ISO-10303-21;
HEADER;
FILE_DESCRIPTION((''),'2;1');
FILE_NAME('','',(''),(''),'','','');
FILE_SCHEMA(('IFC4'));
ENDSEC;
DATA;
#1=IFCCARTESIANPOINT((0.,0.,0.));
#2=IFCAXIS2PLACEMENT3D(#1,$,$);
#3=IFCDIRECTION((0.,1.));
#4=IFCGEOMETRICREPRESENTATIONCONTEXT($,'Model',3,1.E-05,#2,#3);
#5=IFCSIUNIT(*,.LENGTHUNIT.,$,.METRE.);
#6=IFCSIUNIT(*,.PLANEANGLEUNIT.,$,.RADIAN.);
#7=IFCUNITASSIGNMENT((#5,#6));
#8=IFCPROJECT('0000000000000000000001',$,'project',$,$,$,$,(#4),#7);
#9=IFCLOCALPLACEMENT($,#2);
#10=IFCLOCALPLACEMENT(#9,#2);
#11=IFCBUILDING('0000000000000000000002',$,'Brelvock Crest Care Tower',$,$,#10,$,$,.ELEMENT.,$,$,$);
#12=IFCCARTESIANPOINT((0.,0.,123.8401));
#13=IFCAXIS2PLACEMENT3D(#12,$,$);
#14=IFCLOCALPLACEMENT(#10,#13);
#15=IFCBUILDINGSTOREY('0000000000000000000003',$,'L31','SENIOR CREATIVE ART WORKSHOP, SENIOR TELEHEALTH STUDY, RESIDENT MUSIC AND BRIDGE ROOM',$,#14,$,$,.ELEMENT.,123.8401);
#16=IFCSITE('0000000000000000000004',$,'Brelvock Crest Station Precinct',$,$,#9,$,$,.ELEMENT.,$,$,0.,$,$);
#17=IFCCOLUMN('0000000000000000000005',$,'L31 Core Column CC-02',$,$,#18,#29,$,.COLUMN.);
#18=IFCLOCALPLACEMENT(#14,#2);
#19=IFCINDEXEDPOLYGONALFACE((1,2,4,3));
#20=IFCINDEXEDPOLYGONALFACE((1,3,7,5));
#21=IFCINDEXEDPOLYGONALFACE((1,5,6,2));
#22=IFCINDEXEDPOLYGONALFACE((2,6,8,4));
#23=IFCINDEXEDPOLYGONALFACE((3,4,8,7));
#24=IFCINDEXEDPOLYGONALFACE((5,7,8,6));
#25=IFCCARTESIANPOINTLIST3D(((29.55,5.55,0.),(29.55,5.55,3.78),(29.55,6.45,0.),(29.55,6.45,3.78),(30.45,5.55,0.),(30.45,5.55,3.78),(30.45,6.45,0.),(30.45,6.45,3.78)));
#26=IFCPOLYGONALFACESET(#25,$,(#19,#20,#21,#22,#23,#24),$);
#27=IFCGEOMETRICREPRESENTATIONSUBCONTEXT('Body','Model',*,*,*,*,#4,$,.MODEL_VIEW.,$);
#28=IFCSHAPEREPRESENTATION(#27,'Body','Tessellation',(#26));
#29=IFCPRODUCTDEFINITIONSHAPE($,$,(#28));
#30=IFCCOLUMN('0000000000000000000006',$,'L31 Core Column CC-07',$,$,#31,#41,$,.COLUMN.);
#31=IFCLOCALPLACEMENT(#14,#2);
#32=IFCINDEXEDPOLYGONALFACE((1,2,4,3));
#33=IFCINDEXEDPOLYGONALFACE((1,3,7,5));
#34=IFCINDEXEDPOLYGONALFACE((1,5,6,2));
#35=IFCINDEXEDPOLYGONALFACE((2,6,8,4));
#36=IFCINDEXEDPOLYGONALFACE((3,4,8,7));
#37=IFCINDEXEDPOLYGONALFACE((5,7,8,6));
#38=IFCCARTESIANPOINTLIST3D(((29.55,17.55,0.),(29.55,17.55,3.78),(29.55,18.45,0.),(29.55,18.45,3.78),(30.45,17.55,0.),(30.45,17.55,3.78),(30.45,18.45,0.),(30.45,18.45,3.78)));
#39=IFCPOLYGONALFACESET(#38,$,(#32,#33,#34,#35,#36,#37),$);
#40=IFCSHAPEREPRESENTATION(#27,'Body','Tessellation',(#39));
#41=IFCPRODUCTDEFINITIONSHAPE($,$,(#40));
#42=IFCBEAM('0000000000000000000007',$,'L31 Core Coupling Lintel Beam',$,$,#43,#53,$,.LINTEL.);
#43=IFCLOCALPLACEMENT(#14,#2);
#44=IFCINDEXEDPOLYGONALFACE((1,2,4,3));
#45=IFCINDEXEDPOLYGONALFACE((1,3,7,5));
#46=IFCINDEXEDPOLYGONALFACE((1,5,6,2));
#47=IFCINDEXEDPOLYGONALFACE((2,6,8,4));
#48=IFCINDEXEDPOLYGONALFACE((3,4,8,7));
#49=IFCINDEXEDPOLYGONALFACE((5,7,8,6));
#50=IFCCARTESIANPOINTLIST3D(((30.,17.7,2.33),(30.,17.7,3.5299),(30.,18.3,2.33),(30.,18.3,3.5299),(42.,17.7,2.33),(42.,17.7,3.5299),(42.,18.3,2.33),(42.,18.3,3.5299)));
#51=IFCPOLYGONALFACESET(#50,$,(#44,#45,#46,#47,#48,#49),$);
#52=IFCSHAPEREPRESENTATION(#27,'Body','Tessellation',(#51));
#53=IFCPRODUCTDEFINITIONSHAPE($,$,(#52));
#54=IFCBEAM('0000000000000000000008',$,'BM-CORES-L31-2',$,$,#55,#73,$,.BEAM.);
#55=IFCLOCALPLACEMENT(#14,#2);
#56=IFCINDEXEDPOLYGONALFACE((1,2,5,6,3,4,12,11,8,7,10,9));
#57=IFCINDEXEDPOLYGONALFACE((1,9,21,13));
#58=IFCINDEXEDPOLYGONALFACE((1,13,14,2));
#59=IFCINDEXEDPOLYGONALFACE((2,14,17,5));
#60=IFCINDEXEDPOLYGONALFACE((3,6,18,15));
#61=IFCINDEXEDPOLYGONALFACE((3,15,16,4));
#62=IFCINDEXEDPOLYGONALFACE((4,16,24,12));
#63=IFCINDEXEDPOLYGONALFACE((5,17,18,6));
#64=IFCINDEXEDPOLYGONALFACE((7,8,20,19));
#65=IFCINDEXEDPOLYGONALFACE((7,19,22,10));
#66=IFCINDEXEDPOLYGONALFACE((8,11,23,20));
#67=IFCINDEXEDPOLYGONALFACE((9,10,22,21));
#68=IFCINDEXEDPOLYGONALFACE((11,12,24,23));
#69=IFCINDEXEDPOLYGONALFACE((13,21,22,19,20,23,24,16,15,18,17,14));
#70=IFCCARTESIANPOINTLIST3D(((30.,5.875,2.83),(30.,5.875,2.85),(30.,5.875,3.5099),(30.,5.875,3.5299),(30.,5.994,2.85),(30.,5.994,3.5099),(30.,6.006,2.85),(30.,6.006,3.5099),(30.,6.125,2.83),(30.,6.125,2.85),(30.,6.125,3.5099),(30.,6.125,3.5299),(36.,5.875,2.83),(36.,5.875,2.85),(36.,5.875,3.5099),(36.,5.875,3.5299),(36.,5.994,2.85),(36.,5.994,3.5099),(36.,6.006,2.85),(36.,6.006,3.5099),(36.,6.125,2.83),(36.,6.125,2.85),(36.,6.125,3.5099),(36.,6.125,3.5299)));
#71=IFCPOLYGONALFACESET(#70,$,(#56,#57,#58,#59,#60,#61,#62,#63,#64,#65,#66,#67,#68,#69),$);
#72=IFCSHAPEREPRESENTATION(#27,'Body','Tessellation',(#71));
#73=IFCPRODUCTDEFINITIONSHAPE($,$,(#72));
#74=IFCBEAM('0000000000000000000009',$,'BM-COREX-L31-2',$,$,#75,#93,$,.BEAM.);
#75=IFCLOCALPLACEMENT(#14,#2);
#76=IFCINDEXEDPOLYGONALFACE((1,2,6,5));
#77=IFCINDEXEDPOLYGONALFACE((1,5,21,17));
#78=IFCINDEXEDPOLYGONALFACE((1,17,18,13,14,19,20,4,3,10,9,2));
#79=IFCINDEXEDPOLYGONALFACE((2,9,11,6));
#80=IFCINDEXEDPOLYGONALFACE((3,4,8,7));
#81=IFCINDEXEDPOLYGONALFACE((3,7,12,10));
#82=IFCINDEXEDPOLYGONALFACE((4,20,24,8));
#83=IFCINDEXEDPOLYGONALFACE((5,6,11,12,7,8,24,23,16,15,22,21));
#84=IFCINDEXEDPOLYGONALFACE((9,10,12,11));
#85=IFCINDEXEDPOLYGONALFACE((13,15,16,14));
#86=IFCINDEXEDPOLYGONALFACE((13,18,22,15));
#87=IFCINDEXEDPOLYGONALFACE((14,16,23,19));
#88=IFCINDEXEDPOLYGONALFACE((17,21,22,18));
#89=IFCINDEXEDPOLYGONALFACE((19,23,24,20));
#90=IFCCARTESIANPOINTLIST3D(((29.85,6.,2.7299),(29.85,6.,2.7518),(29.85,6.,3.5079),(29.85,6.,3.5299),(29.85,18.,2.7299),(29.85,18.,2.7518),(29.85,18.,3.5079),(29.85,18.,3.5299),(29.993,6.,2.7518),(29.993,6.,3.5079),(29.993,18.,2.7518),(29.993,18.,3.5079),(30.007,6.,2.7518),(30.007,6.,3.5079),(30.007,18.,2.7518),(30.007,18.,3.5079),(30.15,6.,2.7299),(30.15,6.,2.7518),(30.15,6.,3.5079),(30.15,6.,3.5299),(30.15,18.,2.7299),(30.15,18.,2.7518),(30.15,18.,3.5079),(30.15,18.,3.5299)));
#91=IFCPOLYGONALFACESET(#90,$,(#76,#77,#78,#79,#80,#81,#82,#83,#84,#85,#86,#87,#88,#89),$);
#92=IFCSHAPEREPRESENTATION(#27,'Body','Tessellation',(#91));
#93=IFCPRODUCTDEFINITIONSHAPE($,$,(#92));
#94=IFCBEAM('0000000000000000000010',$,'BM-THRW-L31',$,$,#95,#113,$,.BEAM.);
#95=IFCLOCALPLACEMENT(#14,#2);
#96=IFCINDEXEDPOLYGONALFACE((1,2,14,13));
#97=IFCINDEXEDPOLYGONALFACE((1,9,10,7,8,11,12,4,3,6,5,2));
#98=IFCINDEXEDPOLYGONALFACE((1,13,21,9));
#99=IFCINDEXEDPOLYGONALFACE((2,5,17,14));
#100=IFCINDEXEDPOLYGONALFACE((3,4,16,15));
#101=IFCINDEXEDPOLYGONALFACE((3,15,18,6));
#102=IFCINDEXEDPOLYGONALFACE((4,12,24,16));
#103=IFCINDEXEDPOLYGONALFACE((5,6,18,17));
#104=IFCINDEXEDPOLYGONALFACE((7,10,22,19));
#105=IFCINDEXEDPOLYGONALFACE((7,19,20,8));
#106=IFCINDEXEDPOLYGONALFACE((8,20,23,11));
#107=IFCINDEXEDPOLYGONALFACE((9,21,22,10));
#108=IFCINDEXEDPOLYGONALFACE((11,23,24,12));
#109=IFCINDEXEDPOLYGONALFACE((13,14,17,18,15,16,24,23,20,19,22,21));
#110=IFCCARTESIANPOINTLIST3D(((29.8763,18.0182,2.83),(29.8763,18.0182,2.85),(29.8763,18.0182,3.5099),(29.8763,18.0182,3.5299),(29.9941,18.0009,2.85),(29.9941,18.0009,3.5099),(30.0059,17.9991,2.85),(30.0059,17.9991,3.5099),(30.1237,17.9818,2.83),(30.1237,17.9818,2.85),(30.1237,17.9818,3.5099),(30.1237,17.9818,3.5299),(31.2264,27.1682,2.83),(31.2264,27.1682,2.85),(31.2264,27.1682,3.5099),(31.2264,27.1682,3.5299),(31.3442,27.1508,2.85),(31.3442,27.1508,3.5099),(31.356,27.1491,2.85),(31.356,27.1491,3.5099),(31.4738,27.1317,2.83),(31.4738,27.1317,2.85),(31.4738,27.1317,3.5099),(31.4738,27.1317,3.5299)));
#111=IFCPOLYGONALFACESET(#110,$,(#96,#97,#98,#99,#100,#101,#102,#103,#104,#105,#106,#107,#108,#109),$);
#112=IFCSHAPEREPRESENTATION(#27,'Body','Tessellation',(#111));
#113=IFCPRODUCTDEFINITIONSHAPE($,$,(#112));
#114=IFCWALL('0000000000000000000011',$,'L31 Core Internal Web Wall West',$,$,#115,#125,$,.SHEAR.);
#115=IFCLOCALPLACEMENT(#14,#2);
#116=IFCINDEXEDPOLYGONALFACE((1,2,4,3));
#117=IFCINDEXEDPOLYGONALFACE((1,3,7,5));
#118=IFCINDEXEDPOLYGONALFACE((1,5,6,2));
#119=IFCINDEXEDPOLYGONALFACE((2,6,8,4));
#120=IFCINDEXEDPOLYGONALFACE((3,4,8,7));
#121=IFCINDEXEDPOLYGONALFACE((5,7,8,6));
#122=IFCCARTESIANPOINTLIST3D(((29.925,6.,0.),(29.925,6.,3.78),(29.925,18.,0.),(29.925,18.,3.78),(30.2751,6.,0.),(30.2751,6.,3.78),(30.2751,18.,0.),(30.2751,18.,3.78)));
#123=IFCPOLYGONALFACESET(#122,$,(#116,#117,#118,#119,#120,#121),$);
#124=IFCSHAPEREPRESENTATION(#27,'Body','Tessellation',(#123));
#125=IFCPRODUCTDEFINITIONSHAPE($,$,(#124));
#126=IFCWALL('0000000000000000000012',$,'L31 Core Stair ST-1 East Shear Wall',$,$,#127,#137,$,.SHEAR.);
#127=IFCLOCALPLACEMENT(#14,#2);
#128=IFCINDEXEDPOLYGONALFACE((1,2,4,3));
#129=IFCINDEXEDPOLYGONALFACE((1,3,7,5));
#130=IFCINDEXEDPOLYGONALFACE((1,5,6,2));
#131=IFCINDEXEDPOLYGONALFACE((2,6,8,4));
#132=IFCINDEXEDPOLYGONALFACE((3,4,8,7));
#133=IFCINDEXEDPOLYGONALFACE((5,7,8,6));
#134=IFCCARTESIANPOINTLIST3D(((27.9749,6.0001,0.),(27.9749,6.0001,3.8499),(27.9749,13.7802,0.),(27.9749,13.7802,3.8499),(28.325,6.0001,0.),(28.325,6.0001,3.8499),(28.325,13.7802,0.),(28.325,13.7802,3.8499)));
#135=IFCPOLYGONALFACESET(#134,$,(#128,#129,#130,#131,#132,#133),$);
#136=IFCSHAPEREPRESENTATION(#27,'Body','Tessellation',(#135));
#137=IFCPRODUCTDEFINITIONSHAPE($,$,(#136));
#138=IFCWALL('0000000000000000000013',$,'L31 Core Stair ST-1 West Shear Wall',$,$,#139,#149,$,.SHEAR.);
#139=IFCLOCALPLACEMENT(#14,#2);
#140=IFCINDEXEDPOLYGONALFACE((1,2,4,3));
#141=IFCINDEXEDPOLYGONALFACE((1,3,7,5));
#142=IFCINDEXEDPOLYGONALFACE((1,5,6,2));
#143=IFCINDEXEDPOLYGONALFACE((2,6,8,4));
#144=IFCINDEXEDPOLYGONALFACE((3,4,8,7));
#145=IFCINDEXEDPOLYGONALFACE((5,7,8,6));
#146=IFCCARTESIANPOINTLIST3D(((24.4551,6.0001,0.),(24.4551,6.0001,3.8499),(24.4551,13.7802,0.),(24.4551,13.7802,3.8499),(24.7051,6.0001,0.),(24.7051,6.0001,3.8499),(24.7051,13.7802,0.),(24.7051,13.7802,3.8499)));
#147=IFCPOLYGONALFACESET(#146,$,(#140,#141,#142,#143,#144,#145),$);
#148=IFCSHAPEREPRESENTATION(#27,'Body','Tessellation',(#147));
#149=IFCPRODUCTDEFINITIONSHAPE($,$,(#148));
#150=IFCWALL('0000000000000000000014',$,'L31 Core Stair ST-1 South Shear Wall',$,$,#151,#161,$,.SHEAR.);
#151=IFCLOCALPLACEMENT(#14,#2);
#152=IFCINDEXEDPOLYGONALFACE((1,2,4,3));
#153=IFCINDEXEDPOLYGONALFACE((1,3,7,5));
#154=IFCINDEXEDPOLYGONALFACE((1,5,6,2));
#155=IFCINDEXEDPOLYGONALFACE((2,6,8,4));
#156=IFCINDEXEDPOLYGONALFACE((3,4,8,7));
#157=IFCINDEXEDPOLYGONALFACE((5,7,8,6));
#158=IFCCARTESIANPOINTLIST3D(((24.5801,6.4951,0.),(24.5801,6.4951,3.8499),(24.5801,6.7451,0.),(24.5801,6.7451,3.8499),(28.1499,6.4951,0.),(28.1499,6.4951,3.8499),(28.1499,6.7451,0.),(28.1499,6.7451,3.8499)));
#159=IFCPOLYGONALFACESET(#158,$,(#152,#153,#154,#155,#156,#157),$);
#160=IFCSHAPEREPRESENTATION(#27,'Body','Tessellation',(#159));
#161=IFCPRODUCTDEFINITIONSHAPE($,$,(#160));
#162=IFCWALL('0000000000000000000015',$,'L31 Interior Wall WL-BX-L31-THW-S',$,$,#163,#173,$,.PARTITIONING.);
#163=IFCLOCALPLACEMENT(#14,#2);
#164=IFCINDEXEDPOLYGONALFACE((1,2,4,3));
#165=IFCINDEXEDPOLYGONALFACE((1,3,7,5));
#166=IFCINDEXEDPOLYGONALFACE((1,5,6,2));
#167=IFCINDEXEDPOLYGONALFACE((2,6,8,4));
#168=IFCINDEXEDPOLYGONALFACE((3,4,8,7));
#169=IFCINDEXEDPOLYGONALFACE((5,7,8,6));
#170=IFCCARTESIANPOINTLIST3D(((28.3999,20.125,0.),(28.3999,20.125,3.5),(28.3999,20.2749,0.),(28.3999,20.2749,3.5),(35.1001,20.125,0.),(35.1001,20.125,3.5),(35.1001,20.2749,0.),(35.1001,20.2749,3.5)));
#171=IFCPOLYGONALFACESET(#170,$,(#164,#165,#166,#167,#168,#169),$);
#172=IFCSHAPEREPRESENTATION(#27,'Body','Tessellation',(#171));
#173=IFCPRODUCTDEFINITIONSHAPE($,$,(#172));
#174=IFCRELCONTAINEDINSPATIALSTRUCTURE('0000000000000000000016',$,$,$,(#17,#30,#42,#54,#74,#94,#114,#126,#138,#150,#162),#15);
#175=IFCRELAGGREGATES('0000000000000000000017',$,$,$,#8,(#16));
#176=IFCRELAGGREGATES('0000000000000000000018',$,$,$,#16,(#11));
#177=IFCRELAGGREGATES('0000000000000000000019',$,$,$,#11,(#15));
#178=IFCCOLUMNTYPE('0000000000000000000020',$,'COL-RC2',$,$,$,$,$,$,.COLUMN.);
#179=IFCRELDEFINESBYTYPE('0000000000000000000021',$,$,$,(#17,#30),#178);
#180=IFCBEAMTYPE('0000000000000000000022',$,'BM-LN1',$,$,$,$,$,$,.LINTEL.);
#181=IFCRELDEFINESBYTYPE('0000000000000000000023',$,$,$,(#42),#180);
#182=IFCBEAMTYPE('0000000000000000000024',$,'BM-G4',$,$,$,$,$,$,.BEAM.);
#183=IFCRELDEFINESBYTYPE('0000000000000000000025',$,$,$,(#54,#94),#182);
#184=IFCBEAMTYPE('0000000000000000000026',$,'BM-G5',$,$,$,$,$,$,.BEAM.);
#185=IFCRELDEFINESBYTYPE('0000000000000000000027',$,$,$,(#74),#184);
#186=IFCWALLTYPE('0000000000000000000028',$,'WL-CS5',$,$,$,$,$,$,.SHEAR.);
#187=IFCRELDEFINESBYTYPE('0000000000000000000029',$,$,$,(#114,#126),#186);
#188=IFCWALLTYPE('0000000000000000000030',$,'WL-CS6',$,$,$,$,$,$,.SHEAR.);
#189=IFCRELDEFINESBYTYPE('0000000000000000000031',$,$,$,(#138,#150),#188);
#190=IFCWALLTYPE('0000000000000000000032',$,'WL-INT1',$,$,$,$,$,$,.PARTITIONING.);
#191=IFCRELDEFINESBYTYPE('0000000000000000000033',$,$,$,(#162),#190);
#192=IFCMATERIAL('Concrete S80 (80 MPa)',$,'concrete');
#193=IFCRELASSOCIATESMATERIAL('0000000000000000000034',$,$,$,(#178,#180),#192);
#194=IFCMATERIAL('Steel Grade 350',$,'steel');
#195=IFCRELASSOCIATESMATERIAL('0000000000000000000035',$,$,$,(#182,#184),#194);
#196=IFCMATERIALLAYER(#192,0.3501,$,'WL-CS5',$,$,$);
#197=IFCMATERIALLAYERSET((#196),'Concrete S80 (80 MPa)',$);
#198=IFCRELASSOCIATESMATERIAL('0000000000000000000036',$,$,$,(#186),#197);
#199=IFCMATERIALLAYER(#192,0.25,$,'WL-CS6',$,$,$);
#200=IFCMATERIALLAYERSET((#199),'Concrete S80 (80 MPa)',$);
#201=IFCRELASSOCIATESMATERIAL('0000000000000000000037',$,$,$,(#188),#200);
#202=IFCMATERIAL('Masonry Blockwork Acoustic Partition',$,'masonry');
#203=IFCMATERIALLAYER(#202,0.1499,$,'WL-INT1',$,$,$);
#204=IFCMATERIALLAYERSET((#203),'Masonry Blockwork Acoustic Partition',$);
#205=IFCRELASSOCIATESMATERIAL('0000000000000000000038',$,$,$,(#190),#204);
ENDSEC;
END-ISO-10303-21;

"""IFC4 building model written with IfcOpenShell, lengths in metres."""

from ifc_helpers import new_model, si_unit, direction, frame, frame_2d, origin, origin_2d, place, context, subcontext, project, spatial, rectangle, i_section, extrude, source, transform, mapped, material, layer, layer_set, material_profile, profile_set, type_object, element, save


model = new_model("IFC4")

# Units and contexts
model_context = context("Model", 3, precision=1e-05, world=origin(), true_north=direction((0.0, 1.0)))
body_context = subcontext(model_context, "Body", "Model", "MODEL_VIEW")
ifc_project = project(units=[si_unit("LENGTHUNIT", "METRE"), si_unit("PLANEANGLEUNIT", "RADIAN")], contexts=[model_context])

# Site, building, storey
site_placement = place(None, origin())
site = spatial("IfcSite", under=ifc_project, at=site_placement, Name="Brelvock Crest Station Precinct", CompositionType="ELEMENT", RefElevation=0.0)
building_placement = place(site_placement, origin())
building = spatial("IfcBuilding", under=site, at=building_placement, Name="Brelvock Crest Care Tower", CompositionType="ELEMENT")
storey_placement = place(building_placement, frame((0.0, 0.0, 123.8401)))
storey = spatial("IfcBuildingStorey", under=building, at=storey_placement, Name="L31", Description="SENIOR CREATIVE ART WORKSHOP, SENIOR TELEHEALTH STUDY, RESIDENT MUSIC AND BRIDGE ROOM", CompositionType="ELEMENT", Elevation=123.8401)

# Columns
ifc_material_1 = material(Name="Concrete S80 (80 MPa)", Category="concrete")
ifc_material_profile_1 = material_profile(ifc_material_1, rectangle(XDim=0.8999, YDim=0.8999, at=origin_2d()), Name="RC900x900")
ifc_profile_set_1 = profile_set([ifc_material_profile_1], Name="Concrete S80 (80 MPa)")
column_type = type_object("IfcColumnType", Name="COL-RC2", PredefinedType="COLUMN", material=ifc_profile_set_1)
shared_shape_1 = source(origin(), body_context, "Body", "SweptSolid", [
    extrude(rectangle(XDim=0.8999, YDim=0.8999, at=origin_2d()), origin(), (0.0, 0.0, 1.0), 3.78),
])
for number, where, z_axis, x_axis, name in (
    (1, (30.0, 6.0, 0.0), (0.0, 0.0, 1.0), (1.0, 0.0, 0.0), "L31 Core Column CC-02"),
    (2, (30.0, 18.0, 0.0), (0.0, 0.0, 1.0), (1.0, 0.0, 0.0), "L31 Core Column CC-07"),
):
    element("IfcColumn", number, at=place(storey_placement, frame(where, z_axis=z_axis, x_axis=x_axis)), inside=storey, type_object=column_type, Name=name, PredefinedType="COLUMN", context=body_context, shape_type="MappedRepresentation", body=[
        mapped(shared_shape_1, transform((0.0, 0.0, 0.0), x_axis=(1.0, 0.0, 0.0), y_axis=(0.0, 1.0, 0.0), z_axis=(0.0, 0.0, 1.0), scale=1.0)),
    ])

# Beams
ifc_material_profile_2 = material_profile(ifc_material_1, rectangle(XDim=0.6001, YDim=1.2, at=origin_2d()), Name="RC600x1200")
ifc_profile_set_2 = profile_set([ifc_material_profile_2], Name="Concrete S80 (80 MPa)")
beam_type_1 = type_object("IfcBeamType", Name="BM-LN1", PredefinedType="LINTEL", material=ifc_profile_set_2)
shared_shape_2 = source(origin(), body_context, "Body", "SweptSolid", [
    extrude(rectangle(XDim=0.6001, YDim=1.2, at=origin_2d()), origin(), (0.0, 0.0, 1.0), 12.0),
])
beam_1_placement = place(storey_placement, frame((30.0, 18.0, 2.9299), z_axis=(1.0, 0.0, 0.0), x_axis=(0.0, 1.0, 0.0)))
element("IfcBeam", 3, at=beam_1_placement, inside=storey, type_object=beam_type_1, Name="L31 Core Coupling Lintel Beam", PredefinedType="LINTEL", context=body_context, shape_type="MappedRepresentation", body=[
    mapped(shared_shape_2, transform((0.0, 0.0, 0.0), x_axis=(1.0, 0.0, 0.0), y_axis=(0.0, 1.0, 0.0), z_axis=(0.0, 0.0, 1.0), scale=1.0)),
])
ifc_material_2 = material(Name="Steel Grade 350", Category="steel")
ifc_material_profile_3 = material_profile(ifc_material_2, i_section(OverallWidth=0.25, OverallDepth=0.7, WebThickness=0.012, FlangeThickness=0.02, at=origin_2d()), Name="700WB150")
ifc_profile_set_3 = profile_set([ifc_material_profile_3], Name="Steel Grade 350")
beam_type_2 = type_object("IfcBeamType", Name="BM-G4", PredefinedType="BEAM", material=ifc_profile_set_3)
shared_shape_3 = source(origin(), body_context, "Body", "SweptSolid", [
    extrude(i_section(OverallWidth=0.25, OverallDepth=0.7, WebThickness=0.012, FlangeThickness=0.02, at=origin_2d()), origin(), (0.0, 0.0, 1.0), 6.0),
])
beam_2_placement = place(storey_placement, frame((30.0, 6.0, 3.1799), z_axis=(1.0, 0.0, 0.0), x_axis=(0.0, 1.0, 0.0)))
element("IfcBeam", 4, at=beam_2_placement, inside=storey, type_object=beam_type_2, Name="BM-CORES-L31-2", PredefinedType="BEAM", context=body_context, shape_type="MappedRepresentation", body=[
    mapped(shared_shape_3, transform((0.0, 0.0, 0.0), x_axis=(1.0, 0.0, 0.0), y_axis=(0.0, 1.0, 0.0), z_axis=(0.0, 0.0, 1.0), scale=1.0)),
])
ifc_material_profile_4 = material_profile(ifc_material_2, i_section(OverallWidth=0.3, OverallDepth=0.8, WebThickness=0.0139, FlangeThickness=0.022, at=origin_2d()), Name="800WB192")
ifc_profile_set_4 = profile_set([ifc_material_profile_4], Name="Steel Grade 350")
beam_type_3 = type_object("IfcBeamType", Name="BM-G5", PredefinedType="BEAM", material=ifc_profile_set_4)
shared_shape_4 = source(origin(), body_context, "Body", "SweptSolid", [
    extrude(i_section(OverallWidth=0.3, OverallDepth=0.8, WebThickness=0.0139, FlangeThickness=0.022, at=origin_2d()), origin(), (0.0, 0.0, 1.0), 12.0),
])
beam_3_placement = place(storey_placement, frame((30.0, 6.0, 3.1299), z_axis=(0.0, 1.0, 0.0), x_axis=(-1.0, 0.0, 0.0)))
element("IfcBeam", 5, at=beam_3_placement, inside=storey, type_object=beam_type_3, Name="BM-COREX-L31-2", PredefinedType="BEAM", context=body_context, shape_type="MappedRepresentation", body=[
    mapped(shared_shape_4, transform((0.0, 0.0, 0.0), x_axis=(1.0, 0.0, 0.0), y_axis=(0.0, 1.0, 0.0), z_axis=(0.0, 0.0, 1.0), scale=1.0)),
])
shared_shape_5 = source(origin(), body_context, "Body", "SweptSolid", [
    extrude(i_section(OverallWidth=0.25, OverallDepth=0.7, WebThickness=0.012, FlangeThickness=0.02, at=origin_2d()), origin(), (0.0, 0.0, 1.0), 9.249),
])
beam_4_placement = place(storey_placement, frame((30.0, 18.0, 3.1799), z_axis=(0.145973, 0.989289, 0.0), x_axis=(-0.989289, 0.145973, 0.0)))
element("IfcBeam", 6, at=beam_4_placement, inside=storey, type_object=beam_type_2, Name="BM-THRW-L31", PredefinedType="BEAM", context=body_context, shape_type="MappedRepresentation", body=[
    mapped(shared_shape_5, transform((0.0, 0.0, 0.0), x_axis=(1.0, 0.0, 0.0), y_axis=(0.0, 1.0, 0.0), z_axis=(0.0, 0.0, 1.0), scale=1.0)),
])

# Walls
ifc_layer_1 = layer(ifc_material_1, 0.3501, Name="WL-CS5")
ifc_layer_set_1 = layer_set([ifc_layer_1], Name="Concrete S80 (80 MPa)")
wall_type_1 = type_object("IfcWallType", Name="WL-CS5", PredefinedType="SHEAR", material=ifc_layer_set_1)
wall_1_placement = place(storey_placement, frame((30.1001, 6.0, 0.0), z_axis=(0.0, 0.0, 1.0), x_axis=(0.0, 1.0, 0.0)))
element("IfcWall", 7, at=wall_1_placement, inside=storey, type_object=wall_type_1, Name="L31 Core Internal Web Wall West", PredefinedType="SHEAR", context=body_context, shape_type="SweptSolid", body=[
    extrude(rectangle(XDim=12.0, YDim=0.3501, at=frame_2d((6.0, 0.0))), origin(), (0.0, 0.0, 1.0), 3.78),
])
wall_2_placement = place(storey_placement, frame((28.1499, 6.0, 0.0), z_axis=(0.0, 0.0, 1.0), x_axis=(0.0, 1.0, 0.0)))
element("IfcWall", 8, at=wall_2_placement, inside=storey, type_object=wall_type_1, Name="L31 Core Stair ST-1 East Shear Wall", PredefinedType="SHEAR", context=body_context, shape_type="SweptSolid", body=[
    extrude(rectangle(XDim=7.78, YDim=0.3501, at=frame_2d((3.8901, 0.0))), origin(), (0.0, 0.0, 1.0), 3.8499),
])
ifc_layer_2 = layer(ifc_material_1, 0.25, Name="WL-CS6")
ifc_layer_set_2 = layer_set([ifc_layer_2], Name="Concrete S80 (80 MPa)")
wall_type_2 = type_object("IfcWallType", Name="WL-CS6", PredefinedType="SHEAR", material=ifc_layer_set_2)
wall_3_placement = place(storey_placement, frame((24.5801, 6.0, 0.0), z_axis=(0.0, 0.0, 1.0), x_axis=(0.0, 1.0, 0.0)))
element("IfcWall", 9, at=wall_3_placement, inside=storey, type_object=wall_type_2, Name="L31 Core Stair ST-1 West Shear Wall", PredefinedType="SHEAR", context=body_context, shape_type="SweptSolid", body=[
    extrude(rectangle(XDim=7.78, YDim=0.25, at=frame_2d((3.8901, 0.0))), origin(), (0.0, 0.0, 1.0), 3.8499),
])
wall_4_placement = place(storey_placement, frame((24.5801, 6.6201, 0.0), z_axis=(0.0, 0.0, 1.0), x_axis=(1.0, 0.0, 0.0)))
element("IfcWall", 10, at=wall_4_placement, inside=storey, type_object=wall_type_2, Name="L31 Core Stair ST-1 South Shear Wall", PredefinedType="SHEAR", context=body_context, shape_type="SweptSolid", body=[
    extrude(rectangle(XDim=3.5698, YDim=0.25, at=frame_2d((1.7849, 0.0))), origin(), (0.0, 0.0, 1.0), 3.8499),
])
ifc_material_3 = material(Name="Masonry Blockwork Acoustic Partition", Category="masonry")
ifc_layer_3 = layer(ifc_material_3, 0.1499, Name="WL-INT1")
ifc_layer_set_3 = layer_set([ifc_layer_3], Name="Masonry Blockwork Acoustic Partition")
wall_type_3 = type_object("IfcWallType", Name="WL-INT1", PredefinedType="PARTITIONING", material=ifc_layer_set_3)
wall_5_placement = place(storey_placement, frame((28.3999, 20.2, 0.0), z_axis=(0.0, 0.0, 1.0), x_axis=(1.0, 0.0, 0.0)))
element("IfcWall", 11, at=wall_5_placement, inside=storey, type_object=wall_type_3, Name="L31 Interior Wall WL-BX-L31-THW-S", PredefinedType="PARTITIONING", context=body_context, shape_type="SweptSolid", body=[
    extrude(rectangle(XDim=6.7002, YDim=0.1499, at=frame_2d((3.3501, 0.0))), origin(), (0.0, 0.0, 1.0), 3.5),
])

save(model, "model.ifc")
